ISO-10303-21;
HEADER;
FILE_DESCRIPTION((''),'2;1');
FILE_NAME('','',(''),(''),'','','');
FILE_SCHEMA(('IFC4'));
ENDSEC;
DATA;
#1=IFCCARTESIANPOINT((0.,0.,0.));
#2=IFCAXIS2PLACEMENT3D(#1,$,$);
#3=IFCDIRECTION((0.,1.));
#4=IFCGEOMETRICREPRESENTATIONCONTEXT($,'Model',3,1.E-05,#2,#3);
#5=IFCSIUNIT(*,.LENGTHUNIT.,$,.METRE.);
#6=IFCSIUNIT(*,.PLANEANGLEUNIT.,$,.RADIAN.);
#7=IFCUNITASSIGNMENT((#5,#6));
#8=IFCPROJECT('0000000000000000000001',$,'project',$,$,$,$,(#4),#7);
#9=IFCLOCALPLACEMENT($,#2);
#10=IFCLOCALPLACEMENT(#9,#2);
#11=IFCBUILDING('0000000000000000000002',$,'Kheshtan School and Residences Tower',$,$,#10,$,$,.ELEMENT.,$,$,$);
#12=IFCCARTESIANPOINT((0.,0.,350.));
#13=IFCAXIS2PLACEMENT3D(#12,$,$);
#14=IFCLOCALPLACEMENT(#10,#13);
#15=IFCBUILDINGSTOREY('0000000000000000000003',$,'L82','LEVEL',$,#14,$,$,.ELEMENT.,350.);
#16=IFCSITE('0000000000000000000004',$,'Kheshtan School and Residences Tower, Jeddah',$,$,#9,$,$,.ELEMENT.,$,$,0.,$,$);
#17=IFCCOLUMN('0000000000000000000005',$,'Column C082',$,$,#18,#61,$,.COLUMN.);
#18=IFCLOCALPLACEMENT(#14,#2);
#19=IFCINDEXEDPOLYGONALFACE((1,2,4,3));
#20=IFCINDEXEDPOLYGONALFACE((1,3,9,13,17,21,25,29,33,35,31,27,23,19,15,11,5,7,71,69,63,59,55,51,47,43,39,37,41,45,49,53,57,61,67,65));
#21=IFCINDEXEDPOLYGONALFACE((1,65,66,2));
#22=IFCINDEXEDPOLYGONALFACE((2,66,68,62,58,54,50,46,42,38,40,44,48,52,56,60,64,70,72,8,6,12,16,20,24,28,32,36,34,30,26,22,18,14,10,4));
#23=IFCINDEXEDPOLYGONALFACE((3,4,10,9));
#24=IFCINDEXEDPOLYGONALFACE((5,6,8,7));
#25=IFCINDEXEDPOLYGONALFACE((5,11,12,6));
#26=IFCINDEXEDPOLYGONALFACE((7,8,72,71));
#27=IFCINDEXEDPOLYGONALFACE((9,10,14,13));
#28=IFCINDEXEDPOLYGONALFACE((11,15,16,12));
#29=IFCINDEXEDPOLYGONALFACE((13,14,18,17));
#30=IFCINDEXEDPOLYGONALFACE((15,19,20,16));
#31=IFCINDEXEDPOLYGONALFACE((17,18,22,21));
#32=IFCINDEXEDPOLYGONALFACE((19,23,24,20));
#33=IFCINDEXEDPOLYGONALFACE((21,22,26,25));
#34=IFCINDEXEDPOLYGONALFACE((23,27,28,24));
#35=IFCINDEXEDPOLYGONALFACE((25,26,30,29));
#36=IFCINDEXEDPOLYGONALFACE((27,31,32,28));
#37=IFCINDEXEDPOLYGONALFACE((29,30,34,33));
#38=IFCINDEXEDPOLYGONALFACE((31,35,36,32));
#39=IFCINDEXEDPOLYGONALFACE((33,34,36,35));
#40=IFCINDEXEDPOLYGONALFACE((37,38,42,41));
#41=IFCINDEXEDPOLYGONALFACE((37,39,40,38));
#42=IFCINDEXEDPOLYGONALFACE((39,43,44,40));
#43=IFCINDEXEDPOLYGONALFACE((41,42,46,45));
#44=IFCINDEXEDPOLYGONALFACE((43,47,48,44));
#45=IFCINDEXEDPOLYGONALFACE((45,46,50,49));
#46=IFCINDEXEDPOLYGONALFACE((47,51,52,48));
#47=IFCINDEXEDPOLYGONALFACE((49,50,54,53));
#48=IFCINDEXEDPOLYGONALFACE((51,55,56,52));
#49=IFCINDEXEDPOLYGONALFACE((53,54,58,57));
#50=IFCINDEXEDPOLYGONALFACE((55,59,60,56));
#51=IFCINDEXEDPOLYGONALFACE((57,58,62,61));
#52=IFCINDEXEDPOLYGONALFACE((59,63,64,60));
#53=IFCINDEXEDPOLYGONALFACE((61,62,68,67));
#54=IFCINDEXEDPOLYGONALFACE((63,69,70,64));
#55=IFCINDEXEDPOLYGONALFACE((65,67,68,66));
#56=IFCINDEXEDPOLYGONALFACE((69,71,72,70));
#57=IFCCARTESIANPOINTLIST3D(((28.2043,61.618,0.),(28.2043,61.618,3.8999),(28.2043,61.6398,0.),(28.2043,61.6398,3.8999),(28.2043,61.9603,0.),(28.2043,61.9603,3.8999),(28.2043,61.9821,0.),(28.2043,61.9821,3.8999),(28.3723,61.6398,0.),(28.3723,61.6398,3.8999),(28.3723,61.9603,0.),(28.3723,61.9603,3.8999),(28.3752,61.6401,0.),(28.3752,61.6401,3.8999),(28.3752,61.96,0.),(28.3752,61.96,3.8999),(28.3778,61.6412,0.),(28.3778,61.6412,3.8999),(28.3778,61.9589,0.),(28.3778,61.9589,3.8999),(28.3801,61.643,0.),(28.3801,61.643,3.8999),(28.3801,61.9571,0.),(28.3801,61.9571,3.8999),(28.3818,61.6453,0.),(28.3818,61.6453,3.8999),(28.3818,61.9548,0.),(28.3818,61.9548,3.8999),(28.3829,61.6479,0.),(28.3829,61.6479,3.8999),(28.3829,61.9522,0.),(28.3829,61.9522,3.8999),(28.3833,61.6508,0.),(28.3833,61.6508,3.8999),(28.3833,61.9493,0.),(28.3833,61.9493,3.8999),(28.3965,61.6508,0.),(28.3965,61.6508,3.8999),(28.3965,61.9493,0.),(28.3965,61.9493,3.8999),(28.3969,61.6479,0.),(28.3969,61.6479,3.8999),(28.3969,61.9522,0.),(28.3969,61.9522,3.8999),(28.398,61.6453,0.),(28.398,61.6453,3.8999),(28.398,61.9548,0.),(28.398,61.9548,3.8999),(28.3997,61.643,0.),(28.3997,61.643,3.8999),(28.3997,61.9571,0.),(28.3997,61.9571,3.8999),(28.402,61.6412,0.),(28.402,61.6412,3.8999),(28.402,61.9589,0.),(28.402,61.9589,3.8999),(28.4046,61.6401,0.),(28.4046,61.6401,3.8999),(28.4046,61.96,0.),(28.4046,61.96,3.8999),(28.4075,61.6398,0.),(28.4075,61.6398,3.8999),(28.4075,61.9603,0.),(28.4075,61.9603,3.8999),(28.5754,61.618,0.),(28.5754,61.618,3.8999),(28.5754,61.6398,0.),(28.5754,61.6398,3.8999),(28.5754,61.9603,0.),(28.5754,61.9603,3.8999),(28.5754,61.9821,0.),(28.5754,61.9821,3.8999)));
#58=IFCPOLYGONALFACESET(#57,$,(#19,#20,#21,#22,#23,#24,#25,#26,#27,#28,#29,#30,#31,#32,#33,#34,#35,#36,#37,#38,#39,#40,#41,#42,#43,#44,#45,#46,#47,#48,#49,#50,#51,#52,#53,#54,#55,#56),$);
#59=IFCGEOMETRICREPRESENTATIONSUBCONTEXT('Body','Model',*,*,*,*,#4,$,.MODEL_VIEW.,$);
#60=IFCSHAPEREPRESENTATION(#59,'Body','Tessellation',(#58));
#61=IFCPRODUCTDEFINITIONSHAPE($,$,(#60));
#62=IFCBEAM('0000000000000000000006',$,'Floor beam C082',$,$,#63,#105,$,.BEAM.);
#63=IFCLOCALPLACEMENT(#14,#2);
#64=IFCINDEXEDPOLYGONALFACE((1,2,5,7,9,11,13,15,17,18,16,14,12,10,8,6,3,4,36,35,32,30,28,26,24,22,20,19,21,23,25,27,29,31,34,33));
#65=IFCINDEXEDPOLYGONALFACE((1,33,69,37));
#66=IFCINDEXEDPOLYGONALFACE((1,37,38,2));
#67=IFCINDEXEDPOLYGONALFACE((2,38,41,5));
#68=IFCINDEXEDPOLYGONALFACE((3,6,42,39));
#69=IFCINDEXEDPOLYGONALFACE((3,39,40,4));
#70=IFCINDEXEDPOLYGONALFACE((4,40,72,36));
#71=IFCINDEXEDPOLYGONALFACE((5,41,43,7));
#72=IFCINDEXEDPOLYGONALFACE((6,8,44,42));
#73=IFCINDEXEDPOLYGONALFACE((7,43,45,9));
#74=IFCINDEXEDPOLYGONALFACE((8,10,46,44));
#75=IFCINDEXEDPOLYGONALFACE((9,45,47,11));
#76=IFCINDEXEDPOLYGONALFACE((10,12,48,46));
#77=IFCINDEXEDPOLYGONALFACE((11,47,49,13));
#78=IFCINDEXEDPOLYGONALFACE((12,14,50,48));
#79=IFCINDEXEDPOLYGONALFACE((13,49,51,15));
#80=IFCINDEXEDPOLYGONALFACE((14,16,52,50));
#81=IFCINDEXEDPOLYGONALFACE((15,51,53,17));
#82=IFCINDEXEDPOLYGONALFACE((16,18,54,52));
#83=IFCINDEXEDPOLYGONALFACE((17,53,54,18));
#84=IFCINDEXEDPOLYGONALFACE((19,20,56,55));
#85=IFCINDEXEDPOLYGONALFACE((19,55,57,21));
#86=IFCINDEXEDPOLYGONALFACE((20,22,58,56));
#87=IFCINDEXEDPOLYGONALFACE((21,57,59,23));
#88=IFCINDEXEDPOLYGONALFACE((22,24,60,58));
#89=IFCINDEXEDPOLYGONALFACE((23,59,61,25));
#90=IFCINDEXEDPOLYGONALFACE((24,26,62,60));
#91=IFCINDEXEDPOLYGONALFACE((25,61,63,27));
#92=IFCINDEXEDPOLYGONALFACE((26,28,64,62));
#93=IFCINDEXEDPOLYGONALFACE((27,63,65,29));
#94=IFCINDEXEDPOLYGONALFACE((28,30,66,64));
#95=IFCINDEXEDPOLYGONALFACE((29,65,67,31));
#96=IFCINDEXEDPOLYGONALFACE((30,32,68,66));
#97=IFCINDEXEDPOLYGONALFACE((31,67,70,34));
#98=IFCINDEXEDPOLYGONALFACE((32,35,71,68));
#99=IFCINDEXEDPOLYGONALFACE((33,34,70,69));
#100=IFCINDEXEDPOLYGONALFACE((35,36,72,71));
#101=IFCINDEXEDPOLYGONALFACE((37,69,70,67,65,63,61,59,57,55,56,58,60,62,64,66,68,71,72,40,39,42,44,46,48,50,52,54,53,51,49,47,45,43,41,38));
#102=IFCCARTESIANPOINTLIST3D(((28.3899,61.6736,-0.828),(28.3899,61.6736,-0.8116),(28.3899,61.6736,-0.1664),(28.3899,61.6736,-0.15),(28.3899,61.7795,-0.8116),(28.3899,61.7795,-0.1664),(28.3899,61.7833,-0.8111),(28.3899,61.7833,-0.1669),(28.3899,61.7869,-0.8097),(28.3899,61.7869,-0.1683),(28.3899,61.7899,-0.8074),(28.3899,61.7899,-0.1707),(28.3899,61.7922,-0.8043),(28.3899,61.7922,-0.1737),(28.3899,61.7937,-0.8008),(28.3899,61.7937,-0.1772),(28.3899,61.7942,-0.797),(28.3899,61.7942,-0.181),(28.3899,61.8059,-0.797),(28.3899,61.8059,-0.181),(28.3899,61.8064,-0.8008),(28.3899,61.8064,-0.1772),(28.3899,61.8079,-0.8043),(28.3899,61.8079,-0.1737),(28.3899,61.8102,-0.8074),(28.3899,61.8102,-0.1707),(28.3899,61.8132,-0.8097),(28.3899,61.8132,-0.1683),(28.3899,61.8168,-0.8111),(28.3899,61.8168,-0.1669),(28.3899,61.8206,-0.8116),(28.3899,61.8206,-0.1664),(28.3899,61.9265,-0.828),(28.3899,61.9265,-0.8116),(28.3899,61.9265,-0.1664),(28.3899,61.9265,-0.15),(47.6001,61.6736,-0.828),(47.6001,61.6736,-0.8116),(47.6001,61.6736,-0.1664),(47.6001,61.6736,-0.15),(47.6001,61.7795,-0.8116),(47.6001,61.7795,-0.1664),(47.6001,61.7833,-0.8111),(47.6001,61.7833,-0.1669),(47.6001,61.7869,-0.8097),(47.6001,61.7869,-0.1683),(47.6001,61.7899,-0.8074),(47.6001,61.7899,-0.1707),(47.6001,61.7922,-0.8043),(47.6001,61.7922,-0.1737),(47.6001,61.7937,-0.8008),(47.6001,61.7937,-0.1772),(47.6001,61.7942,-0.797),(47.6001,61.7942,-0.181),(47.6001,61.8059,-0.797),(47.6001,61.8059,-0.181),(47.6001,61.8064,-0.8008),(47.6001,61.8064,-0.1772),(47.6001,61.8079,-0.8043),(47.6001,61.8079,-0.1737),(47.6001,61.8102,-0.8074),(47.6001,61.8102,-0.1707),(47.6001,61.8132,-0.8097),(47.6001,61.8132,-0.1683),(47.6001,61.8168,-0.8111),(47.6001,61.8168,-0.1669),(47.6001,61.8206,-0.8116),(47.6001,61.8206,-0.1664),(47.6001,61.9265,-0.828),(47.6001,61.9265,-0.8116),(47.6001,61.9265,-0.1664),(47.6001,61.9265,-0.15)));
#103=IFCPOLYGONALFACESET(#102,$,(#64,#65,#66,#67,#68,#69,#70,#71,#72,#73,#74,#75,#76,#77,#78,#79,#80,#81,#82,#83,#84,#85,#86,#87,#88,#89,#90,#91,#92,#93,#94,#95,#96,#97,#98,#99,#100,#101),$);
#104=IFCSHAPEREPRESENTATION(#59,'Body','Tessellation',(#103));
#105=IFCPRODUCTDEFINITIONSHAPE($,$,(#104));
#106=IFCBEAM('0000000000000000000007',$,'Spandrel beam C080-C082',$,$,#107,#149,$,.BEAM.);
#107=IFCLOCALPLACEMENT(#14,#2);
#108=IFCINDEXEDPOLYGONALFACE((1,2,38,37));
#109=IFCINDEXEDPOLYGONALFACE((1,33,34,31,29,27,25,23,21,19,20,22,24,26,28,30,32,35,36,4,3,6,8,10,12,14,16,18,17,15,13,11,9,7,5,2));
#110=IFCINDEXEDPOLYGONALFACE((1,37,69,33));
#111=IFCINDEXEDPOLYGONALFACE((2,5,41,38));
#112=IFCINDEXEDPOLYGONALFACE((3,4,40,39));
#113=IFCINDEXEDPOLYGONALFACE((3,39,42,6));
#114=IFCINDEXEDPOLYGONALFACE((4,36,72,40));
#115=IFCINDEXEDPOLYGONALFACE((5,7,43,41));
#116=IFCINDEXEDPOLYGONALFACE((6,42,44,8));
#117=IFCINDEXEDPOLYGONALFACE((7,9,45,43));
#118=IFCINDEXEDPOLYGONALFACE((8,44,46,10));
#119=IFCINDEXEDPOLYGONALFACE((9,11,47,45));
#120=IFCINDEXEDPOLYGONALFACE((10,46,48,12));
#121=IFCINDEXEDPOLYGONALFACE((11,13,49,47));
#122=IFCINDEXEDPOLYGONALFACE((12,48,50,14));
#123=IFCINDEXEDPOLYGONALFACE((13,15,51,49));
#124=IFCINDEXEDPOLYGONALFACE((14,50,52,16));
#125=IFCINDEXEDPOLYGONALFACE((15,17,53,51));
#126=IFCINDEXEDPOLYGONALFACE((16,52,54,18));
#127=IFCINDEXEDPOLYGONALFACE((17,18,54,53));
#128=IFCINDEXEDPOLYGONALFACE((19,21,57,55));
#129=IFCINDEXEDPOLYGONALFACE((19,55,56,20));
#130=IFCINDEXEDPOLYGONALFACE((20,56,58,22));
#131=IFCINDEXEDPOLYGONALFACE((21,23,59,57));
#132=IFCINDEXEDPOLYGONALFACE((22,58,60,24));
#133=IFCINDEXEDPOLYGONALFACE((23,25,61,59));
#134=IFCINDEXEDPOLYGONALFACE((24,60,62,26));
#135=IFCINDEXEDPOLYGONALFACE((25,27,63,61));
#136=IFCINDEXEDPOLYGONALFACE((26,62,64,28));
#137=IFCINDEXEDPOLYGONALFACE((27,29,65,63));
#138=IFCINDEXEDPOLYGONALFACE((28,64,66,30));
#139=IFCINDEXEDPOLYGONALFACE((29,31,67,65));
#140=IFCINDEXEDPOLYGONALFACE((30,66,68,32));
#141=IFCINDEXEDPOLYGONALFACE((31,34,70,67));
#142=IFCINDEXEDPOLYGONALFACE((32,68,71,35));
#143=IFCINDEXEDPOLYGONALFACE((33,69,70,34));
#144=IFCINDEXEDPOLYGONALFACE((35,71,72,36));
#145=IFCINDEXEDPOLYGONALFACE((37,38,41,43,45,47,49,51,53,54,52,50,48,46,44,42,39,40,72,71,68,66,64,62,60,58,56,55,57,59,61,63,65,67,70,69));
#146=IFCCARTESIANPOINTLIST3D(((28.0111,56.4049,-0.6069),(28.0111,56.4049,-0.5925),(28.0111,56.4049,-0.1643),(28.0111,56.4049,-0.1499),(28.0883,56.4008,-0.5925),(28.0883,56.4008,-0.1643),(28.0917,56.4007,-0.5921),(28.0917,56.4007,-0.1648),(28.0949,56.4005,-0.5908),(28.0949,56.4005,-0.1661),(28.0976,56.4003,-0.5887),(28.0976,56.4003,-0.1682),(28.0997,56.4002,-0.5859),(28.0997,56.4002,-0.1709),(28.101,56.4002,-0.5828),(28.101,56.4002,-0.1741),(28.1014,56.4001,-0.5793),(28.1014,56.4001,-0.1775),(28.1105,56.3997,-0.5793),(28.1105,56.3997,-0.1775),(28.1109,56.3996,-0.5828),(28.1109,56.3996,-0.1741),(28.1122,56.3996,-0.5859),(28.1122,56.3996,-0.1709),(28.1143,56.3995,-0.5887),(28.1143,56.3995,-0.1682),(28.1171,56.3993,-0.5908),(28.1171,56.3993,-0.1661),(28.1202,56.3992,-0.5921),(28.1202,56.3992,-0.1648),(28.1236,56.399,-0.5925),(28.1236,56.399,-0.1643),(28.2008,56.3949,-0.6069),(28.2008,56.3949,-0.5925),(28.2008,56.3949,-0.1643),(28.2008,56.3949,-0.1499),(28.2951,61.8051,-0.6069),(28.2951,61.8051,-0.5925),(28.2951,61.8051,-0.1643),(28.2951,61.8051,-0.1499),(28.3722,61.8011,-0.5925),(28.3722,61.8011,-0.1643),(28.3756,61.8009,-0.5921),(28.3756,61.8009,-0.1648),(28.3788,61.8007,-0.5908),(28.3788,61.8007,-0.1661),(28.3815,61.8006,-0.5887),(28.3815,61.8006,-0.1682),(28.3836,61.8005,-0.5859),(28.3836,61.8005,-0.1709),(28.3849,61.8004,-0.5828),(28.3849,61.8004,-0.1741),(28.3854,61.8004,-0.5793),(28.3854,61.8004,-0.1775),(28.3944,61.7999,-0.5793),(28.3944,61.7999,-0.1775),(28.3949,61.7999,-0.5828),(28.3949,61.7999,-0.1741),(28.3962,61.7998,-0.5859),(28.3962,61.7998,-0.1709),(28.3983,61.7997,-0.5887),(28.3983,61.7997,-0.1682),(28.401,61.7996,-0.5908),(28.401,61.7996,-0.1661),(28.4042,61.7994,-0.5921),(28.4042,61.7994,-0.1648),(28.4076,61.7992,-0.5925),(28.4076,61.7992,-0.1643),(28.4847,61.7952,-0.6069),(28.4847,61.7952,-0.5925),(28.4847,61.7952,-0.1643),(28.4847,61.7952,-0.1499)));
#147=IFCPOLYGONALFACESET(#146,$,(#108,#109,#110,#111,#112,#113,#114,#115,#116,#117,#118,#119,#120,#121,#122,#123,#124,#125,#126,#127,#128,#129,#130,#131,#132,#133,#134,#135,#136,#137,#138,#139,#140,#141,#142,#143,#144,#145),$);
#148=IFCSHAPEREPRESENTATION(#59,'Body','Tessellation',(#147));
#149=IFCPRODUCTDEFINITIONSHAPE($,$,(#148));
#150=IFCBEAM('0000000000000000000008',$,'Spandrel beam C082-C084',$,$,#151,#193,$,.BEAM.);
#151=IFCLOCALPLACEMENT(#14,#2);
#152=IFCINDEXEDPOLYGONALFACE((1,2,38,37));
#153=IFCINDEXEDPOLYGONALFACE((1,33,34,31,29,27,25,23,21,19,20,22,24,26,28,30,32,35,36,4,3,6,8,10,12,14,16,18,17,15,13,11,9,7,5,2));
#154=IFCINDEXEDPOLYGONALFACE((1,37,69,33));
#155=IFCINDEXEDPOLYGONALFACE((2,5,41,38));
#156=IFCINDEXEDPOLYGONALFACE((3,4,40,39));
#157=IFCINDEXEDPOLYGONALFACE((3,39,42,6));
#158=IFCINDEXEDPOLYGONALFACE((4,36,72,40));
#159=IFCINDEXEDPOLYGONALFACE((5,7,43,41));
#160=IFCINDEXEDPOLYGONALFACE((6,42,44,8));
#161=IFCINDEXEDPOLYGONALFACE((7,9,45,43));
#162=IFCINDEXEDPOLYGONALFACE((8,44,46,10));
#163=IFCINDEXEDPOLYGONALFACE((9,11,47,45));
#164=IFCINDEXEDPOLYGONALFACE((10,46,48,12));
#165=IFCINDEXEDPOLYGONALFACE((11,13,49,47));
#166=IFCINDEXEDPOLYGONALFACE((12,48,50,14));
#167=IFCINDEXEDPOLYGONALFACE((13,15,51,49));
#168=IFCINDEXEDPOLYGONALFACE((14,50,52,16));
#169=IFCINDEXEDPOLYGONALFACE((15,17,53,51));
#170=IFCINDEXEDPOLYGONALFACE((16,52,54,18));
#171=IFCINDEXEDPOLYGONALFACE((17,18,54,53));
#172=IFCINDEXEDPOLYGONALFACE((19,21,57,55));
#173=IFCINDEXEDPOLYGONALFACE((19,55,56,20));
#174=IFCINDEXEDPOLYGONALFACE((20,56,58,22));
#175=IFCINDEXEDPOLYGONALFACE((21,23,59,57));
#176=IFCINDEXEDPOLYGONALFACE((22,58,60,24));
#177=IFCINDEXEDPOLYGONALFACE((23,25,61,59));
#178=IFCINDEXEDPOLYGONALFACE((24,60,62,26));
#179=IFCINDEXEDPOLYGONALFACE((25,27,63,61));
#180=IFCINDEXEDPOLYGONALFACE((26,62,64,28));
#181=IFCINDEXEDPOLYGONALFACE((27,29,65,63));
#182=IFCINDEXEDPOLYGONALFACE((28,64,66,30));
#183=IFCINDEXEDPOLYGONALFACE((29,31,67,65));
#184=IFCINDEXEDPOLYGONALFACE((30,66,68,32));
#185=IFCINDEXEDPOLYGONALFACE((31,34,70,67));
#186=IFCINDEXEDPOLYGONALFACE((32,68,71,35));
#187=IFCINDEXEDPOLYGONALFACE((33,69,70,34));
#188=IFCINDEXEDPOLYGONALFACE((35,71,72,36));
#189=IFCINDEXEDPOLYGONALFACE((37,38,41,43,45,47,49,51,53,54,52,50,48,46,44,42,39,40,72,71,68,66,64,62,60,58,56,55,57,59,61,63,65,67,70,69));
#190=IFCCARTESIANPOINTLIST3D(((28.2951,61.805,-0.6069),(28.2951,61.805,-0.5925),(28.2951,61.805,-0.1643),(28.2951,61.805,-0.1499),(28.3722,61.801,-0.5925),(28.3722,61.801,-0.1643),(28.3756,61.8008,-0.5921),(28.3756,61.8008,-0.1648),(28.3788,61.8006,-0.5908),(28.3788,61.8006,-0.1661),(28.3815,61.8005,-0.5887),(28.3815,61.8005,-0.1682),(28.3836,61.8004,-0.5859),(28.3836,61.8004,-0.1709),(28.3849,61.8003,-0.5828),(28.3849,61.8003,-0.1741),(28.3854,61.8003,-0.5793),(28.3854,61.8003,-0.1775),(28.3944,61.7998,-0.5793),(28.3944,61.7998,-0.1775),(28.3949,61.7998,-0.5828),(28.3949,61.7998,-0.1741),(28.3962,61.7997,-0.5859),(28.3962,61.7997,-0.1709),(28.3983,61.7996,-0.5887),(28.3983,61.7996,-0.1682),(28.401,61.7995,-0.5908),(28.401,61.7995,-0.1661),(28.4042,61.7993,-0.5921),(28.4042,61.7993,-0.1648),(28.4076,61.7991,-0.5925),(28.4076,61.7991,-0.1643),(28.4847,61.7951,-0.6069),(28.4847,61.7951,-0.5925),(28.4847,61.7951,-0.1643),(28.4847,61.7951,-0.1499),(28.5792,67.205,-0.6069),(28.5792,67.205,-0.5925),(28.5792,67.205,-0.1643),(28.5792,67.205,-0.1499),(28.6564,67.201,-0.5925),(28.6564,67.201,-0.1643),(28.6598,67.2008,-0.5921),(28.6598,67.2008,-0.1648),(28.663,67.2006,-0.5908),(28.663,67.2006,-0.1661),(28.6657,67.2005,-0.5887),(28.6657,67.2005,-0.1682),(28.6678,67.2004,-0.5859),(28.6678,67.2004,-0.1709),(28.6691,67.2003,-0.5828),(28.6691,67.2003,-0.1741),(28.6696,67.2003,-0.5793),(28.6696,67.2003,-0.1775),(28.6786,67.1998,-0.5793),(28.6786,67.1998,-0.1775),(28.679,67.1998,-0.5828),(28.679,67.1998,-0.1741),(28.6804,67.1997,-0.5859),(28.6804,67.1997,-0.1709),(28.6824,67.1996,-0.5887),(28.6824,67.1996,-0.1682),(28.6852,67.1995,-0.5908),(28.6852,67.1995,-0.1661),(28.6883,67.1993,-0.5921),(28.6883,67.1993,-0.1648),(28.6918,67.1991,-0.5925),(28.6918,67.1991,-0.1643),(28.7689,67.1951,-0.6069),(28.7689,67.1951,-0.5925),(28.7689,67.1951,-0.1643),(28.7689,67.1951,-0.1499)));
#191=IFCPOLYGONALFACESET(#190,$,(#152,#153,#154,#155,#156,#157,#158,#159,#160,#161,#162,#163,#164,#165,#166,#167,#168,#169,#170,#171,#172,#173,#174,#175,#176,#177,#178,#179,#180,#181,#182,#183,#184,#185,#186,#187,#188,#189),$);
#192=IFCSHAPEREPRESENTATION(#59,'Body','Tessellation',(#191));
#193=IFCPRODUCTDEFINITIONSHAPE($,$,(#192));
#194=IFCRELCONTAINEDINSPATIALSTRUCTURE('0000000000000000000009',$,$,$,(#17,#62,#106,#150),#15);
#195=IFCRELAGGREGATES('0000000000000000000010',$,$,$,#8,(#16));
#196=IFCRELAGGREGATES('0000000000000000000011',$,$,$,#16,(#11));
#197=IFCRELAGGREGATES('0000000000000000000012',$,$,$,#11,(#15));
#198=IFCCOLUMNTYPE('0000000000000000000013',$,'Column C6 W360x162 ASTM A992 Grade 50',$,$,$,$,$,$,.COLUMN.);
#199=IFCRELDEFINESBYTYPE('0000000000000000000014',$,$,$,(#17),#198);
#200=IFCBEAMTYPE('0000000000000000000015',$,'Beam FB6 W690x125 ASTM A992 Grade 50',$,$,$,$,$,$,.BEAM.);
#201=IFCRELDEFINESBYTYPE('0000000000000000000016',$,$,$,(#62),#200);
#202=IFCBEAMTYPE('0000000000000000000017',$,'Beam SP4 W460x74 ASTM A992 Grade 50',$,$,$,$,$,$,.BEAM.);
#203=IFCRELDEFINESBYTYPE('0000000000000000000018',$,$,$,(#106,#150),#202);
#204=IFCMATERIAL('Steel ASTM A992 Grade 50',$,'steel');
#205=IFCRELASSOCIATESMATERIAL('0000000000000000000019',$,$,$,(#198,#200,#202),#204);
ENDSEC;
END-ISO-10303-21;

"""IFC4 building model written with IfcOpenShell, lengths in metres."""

from ifc_helpers import new_model, si_unit, direction, frame, origin, origin_2d, place, context, subcontext, project, spatial, i_section, extrude, material, material_profile, profile_set, type_object, element, save


model = new_model("IFC4")

# Units and contexts
model_context = context("Model", 3, precision=1e-05, world=origin(), true_north=direction((0.0, 1.0)))
body_context = subcontext(model_context, "Body", "Model", "MODEL_VIEW")
ifc_project = project(units=[si_unit("LENGTHUNIT", "METRE"), si_unit("PLANEANGLEUNIT", "RADIAN")], contexts=[model_context])

# Site, building, storey
site_placement = place(None, origin())
site = spatial("IfcSite", under=ifc_project, at=site_placement, Name="Kheshtan School and Residences Tower, Jeddah", CompositionType="ELEMENT", RefElevation=0.0)
building_placement = place(site_placement, origin())
building = spatial("IfcBuilding", under=site, at=building_placement, Name="Kheshtan School and Residences Tower", CompositionType="ELEMENT")
storey_placement = place(building_placement, frame((0.0, 0.0, 350.0)))
storey = spatial("IfcBuildingStorey", under=building, at=storey_placement, Name="L82", Description="LEVEL", CompositionType="ELEMENT", Elevation=350.0)

# Column
ifc_material_1 = material(Name="Steel ASTM A992 Grade 50", Category="steel")
ifc_material_profile_1 = material_profile(ifc_material_1, i_section(OverallWidth=0.3711, OverallDepth=0.364, WebThickness=0.0132, FlangeThickness=0.0217, FilletRadius=0.011, at=origin_2d()), Name="W360x162")
ifc_profile_set_1 = profile_set([ifc_material_profile_1], Name="Steel ASTM A992 Grade 50")
column_type = type_object("IfcColumnType", Name="Column C6 W360x162 ASTM A992 Grade 50", PredefinedType="COLUMN", material=ifc_profile_set_1)
column_placement = place(storey_placement, frame((28.3899, 61.8, 0.0), z_axis=(0.0, 0.0, 1.0), x_axis=(1.0, 0.0, 0.0)))
element("IfcColumn", 1, at=column_placement, inside=storey, type_object=column_type, Name="Column C082", PredefinedType="COLUMN", context=body_context, shape_type="SweptSolid", body=[
    extrude(i_section(OverallWidth=0.3711, OverallDepth=0.364, WebThickness=0.0132, FlangeThickness=0.0217, FilletRadius=0.011, at=origin_2d()), origin(), (0.0, 0.0, 1.0), 3.8999),
])

# Beams
ifc_material_profile_2 = material_profile(ifc_material_1, i_section(OverallWidth=0.2529, OverallDepth=0.678, WebThickness=0.0117, FlangeThickness=0.0164, FilletRadius=0.0146, at=origin_2d()), Name="W690x125")
ifc_profile_set_2 = profile_set([ifc_material_profile_2], Name="Steel ASTM A992 Grade 50")
beam_type_1 = type_object("IfcBeamType", Name="Beam FB6 W690x125 ASTM A992 Grade 50", PredefinedType="BEAM", material=ifc_profile_set_2)
beam_1_placement = place(storey_placement, frame((28.3899, 61.8, -0.489), z_axis=(1.0, 0.0, 0.0), x_axis=(0.0, 1.0, 0.0)))
element("IfcBeam", 2, at=beam_1_placement, inside=storey, type_object=beam_type_1, Name="Floor beam C082", PredefinedType="BEAM", context=body_context, shape_type="SweptSolid", body=[
    extrude(i_section(OverallWidth=0.2529, OverallDepth=0.678, WebThickness=0.0117, FlangeThickness=0.0164, FilletRadius=0.0146, at=origin_2d()), origin(), (0.0, 0.0, 1.0), 19.2102),
])
ifc_material_profile_3 = material_profile(ifc_material_1, i_section(OverallWidth=0.1899, OverallDepth=0.457, WebThickness=0.009, FlangeThickness=0.0144, FilletRadius=0.0132, at=origin_2d()), Name="W460x74")
ifc_profile_set_3 = profile_set([ifc_material_profile_3], Name="Steel ASTM A992 Grade 50")
beam_type_2 = type_object("IfcBeamType", Name="Beam SP4 W460x74 ASTM A992 Grade 50", PredefinedType="BEAM", material=ifc_profile_set_3)
beam_2_placement = place(storey_placement, frame((28.106, 56.3999, -0.3784), z_axis=(0.052507, 0.998621, 0.0), x_axis=(-0.998621, 0.052507, 0.0)))
element("IfcBeam", 3, at=beam_2_placement, inside=storey, type_object=beam_type_2, Name="Spandrel beam C080-C082", PredefinedType="BEAM", context=body_context, shape_type="SweptSolid", body=[
    extrude(i_section(OverallWidth=0.1899, OverallDepth=0.457, WebThickness=0.009, FlangeThickness=0.0144, FilletRadius=0.0132, at=origin_2d()), origin(), (0.0, 0.0, 1.0), 5.4077),
])
beam_3_placement = place(storey_placement, frame((28.3899, 61.8, -0.3784), z_axis=(0.052554, 0.998618, 0.0), x_axis=(-0.998618, 0.052554, 0.0)))
element("IfcBeam", 4, at=beam_3_placement, inside=storey, type_object=beam_type_2, Name="Spandrel beam C082-C084", PredefinedType="BEAM", context=body_context, shape_type="SweptSolid", body=[
    extrude(i_section(OverallWidth=0.1899, OverallDepth=0.457, WebThickness=0.009, FlangeThickness=0.0144, FilletRadius=0.0132, at=origin_2d()), origin(), (0.0, 0.0, 1.0), 5.4075),
])

save(model, "model.ifc")
